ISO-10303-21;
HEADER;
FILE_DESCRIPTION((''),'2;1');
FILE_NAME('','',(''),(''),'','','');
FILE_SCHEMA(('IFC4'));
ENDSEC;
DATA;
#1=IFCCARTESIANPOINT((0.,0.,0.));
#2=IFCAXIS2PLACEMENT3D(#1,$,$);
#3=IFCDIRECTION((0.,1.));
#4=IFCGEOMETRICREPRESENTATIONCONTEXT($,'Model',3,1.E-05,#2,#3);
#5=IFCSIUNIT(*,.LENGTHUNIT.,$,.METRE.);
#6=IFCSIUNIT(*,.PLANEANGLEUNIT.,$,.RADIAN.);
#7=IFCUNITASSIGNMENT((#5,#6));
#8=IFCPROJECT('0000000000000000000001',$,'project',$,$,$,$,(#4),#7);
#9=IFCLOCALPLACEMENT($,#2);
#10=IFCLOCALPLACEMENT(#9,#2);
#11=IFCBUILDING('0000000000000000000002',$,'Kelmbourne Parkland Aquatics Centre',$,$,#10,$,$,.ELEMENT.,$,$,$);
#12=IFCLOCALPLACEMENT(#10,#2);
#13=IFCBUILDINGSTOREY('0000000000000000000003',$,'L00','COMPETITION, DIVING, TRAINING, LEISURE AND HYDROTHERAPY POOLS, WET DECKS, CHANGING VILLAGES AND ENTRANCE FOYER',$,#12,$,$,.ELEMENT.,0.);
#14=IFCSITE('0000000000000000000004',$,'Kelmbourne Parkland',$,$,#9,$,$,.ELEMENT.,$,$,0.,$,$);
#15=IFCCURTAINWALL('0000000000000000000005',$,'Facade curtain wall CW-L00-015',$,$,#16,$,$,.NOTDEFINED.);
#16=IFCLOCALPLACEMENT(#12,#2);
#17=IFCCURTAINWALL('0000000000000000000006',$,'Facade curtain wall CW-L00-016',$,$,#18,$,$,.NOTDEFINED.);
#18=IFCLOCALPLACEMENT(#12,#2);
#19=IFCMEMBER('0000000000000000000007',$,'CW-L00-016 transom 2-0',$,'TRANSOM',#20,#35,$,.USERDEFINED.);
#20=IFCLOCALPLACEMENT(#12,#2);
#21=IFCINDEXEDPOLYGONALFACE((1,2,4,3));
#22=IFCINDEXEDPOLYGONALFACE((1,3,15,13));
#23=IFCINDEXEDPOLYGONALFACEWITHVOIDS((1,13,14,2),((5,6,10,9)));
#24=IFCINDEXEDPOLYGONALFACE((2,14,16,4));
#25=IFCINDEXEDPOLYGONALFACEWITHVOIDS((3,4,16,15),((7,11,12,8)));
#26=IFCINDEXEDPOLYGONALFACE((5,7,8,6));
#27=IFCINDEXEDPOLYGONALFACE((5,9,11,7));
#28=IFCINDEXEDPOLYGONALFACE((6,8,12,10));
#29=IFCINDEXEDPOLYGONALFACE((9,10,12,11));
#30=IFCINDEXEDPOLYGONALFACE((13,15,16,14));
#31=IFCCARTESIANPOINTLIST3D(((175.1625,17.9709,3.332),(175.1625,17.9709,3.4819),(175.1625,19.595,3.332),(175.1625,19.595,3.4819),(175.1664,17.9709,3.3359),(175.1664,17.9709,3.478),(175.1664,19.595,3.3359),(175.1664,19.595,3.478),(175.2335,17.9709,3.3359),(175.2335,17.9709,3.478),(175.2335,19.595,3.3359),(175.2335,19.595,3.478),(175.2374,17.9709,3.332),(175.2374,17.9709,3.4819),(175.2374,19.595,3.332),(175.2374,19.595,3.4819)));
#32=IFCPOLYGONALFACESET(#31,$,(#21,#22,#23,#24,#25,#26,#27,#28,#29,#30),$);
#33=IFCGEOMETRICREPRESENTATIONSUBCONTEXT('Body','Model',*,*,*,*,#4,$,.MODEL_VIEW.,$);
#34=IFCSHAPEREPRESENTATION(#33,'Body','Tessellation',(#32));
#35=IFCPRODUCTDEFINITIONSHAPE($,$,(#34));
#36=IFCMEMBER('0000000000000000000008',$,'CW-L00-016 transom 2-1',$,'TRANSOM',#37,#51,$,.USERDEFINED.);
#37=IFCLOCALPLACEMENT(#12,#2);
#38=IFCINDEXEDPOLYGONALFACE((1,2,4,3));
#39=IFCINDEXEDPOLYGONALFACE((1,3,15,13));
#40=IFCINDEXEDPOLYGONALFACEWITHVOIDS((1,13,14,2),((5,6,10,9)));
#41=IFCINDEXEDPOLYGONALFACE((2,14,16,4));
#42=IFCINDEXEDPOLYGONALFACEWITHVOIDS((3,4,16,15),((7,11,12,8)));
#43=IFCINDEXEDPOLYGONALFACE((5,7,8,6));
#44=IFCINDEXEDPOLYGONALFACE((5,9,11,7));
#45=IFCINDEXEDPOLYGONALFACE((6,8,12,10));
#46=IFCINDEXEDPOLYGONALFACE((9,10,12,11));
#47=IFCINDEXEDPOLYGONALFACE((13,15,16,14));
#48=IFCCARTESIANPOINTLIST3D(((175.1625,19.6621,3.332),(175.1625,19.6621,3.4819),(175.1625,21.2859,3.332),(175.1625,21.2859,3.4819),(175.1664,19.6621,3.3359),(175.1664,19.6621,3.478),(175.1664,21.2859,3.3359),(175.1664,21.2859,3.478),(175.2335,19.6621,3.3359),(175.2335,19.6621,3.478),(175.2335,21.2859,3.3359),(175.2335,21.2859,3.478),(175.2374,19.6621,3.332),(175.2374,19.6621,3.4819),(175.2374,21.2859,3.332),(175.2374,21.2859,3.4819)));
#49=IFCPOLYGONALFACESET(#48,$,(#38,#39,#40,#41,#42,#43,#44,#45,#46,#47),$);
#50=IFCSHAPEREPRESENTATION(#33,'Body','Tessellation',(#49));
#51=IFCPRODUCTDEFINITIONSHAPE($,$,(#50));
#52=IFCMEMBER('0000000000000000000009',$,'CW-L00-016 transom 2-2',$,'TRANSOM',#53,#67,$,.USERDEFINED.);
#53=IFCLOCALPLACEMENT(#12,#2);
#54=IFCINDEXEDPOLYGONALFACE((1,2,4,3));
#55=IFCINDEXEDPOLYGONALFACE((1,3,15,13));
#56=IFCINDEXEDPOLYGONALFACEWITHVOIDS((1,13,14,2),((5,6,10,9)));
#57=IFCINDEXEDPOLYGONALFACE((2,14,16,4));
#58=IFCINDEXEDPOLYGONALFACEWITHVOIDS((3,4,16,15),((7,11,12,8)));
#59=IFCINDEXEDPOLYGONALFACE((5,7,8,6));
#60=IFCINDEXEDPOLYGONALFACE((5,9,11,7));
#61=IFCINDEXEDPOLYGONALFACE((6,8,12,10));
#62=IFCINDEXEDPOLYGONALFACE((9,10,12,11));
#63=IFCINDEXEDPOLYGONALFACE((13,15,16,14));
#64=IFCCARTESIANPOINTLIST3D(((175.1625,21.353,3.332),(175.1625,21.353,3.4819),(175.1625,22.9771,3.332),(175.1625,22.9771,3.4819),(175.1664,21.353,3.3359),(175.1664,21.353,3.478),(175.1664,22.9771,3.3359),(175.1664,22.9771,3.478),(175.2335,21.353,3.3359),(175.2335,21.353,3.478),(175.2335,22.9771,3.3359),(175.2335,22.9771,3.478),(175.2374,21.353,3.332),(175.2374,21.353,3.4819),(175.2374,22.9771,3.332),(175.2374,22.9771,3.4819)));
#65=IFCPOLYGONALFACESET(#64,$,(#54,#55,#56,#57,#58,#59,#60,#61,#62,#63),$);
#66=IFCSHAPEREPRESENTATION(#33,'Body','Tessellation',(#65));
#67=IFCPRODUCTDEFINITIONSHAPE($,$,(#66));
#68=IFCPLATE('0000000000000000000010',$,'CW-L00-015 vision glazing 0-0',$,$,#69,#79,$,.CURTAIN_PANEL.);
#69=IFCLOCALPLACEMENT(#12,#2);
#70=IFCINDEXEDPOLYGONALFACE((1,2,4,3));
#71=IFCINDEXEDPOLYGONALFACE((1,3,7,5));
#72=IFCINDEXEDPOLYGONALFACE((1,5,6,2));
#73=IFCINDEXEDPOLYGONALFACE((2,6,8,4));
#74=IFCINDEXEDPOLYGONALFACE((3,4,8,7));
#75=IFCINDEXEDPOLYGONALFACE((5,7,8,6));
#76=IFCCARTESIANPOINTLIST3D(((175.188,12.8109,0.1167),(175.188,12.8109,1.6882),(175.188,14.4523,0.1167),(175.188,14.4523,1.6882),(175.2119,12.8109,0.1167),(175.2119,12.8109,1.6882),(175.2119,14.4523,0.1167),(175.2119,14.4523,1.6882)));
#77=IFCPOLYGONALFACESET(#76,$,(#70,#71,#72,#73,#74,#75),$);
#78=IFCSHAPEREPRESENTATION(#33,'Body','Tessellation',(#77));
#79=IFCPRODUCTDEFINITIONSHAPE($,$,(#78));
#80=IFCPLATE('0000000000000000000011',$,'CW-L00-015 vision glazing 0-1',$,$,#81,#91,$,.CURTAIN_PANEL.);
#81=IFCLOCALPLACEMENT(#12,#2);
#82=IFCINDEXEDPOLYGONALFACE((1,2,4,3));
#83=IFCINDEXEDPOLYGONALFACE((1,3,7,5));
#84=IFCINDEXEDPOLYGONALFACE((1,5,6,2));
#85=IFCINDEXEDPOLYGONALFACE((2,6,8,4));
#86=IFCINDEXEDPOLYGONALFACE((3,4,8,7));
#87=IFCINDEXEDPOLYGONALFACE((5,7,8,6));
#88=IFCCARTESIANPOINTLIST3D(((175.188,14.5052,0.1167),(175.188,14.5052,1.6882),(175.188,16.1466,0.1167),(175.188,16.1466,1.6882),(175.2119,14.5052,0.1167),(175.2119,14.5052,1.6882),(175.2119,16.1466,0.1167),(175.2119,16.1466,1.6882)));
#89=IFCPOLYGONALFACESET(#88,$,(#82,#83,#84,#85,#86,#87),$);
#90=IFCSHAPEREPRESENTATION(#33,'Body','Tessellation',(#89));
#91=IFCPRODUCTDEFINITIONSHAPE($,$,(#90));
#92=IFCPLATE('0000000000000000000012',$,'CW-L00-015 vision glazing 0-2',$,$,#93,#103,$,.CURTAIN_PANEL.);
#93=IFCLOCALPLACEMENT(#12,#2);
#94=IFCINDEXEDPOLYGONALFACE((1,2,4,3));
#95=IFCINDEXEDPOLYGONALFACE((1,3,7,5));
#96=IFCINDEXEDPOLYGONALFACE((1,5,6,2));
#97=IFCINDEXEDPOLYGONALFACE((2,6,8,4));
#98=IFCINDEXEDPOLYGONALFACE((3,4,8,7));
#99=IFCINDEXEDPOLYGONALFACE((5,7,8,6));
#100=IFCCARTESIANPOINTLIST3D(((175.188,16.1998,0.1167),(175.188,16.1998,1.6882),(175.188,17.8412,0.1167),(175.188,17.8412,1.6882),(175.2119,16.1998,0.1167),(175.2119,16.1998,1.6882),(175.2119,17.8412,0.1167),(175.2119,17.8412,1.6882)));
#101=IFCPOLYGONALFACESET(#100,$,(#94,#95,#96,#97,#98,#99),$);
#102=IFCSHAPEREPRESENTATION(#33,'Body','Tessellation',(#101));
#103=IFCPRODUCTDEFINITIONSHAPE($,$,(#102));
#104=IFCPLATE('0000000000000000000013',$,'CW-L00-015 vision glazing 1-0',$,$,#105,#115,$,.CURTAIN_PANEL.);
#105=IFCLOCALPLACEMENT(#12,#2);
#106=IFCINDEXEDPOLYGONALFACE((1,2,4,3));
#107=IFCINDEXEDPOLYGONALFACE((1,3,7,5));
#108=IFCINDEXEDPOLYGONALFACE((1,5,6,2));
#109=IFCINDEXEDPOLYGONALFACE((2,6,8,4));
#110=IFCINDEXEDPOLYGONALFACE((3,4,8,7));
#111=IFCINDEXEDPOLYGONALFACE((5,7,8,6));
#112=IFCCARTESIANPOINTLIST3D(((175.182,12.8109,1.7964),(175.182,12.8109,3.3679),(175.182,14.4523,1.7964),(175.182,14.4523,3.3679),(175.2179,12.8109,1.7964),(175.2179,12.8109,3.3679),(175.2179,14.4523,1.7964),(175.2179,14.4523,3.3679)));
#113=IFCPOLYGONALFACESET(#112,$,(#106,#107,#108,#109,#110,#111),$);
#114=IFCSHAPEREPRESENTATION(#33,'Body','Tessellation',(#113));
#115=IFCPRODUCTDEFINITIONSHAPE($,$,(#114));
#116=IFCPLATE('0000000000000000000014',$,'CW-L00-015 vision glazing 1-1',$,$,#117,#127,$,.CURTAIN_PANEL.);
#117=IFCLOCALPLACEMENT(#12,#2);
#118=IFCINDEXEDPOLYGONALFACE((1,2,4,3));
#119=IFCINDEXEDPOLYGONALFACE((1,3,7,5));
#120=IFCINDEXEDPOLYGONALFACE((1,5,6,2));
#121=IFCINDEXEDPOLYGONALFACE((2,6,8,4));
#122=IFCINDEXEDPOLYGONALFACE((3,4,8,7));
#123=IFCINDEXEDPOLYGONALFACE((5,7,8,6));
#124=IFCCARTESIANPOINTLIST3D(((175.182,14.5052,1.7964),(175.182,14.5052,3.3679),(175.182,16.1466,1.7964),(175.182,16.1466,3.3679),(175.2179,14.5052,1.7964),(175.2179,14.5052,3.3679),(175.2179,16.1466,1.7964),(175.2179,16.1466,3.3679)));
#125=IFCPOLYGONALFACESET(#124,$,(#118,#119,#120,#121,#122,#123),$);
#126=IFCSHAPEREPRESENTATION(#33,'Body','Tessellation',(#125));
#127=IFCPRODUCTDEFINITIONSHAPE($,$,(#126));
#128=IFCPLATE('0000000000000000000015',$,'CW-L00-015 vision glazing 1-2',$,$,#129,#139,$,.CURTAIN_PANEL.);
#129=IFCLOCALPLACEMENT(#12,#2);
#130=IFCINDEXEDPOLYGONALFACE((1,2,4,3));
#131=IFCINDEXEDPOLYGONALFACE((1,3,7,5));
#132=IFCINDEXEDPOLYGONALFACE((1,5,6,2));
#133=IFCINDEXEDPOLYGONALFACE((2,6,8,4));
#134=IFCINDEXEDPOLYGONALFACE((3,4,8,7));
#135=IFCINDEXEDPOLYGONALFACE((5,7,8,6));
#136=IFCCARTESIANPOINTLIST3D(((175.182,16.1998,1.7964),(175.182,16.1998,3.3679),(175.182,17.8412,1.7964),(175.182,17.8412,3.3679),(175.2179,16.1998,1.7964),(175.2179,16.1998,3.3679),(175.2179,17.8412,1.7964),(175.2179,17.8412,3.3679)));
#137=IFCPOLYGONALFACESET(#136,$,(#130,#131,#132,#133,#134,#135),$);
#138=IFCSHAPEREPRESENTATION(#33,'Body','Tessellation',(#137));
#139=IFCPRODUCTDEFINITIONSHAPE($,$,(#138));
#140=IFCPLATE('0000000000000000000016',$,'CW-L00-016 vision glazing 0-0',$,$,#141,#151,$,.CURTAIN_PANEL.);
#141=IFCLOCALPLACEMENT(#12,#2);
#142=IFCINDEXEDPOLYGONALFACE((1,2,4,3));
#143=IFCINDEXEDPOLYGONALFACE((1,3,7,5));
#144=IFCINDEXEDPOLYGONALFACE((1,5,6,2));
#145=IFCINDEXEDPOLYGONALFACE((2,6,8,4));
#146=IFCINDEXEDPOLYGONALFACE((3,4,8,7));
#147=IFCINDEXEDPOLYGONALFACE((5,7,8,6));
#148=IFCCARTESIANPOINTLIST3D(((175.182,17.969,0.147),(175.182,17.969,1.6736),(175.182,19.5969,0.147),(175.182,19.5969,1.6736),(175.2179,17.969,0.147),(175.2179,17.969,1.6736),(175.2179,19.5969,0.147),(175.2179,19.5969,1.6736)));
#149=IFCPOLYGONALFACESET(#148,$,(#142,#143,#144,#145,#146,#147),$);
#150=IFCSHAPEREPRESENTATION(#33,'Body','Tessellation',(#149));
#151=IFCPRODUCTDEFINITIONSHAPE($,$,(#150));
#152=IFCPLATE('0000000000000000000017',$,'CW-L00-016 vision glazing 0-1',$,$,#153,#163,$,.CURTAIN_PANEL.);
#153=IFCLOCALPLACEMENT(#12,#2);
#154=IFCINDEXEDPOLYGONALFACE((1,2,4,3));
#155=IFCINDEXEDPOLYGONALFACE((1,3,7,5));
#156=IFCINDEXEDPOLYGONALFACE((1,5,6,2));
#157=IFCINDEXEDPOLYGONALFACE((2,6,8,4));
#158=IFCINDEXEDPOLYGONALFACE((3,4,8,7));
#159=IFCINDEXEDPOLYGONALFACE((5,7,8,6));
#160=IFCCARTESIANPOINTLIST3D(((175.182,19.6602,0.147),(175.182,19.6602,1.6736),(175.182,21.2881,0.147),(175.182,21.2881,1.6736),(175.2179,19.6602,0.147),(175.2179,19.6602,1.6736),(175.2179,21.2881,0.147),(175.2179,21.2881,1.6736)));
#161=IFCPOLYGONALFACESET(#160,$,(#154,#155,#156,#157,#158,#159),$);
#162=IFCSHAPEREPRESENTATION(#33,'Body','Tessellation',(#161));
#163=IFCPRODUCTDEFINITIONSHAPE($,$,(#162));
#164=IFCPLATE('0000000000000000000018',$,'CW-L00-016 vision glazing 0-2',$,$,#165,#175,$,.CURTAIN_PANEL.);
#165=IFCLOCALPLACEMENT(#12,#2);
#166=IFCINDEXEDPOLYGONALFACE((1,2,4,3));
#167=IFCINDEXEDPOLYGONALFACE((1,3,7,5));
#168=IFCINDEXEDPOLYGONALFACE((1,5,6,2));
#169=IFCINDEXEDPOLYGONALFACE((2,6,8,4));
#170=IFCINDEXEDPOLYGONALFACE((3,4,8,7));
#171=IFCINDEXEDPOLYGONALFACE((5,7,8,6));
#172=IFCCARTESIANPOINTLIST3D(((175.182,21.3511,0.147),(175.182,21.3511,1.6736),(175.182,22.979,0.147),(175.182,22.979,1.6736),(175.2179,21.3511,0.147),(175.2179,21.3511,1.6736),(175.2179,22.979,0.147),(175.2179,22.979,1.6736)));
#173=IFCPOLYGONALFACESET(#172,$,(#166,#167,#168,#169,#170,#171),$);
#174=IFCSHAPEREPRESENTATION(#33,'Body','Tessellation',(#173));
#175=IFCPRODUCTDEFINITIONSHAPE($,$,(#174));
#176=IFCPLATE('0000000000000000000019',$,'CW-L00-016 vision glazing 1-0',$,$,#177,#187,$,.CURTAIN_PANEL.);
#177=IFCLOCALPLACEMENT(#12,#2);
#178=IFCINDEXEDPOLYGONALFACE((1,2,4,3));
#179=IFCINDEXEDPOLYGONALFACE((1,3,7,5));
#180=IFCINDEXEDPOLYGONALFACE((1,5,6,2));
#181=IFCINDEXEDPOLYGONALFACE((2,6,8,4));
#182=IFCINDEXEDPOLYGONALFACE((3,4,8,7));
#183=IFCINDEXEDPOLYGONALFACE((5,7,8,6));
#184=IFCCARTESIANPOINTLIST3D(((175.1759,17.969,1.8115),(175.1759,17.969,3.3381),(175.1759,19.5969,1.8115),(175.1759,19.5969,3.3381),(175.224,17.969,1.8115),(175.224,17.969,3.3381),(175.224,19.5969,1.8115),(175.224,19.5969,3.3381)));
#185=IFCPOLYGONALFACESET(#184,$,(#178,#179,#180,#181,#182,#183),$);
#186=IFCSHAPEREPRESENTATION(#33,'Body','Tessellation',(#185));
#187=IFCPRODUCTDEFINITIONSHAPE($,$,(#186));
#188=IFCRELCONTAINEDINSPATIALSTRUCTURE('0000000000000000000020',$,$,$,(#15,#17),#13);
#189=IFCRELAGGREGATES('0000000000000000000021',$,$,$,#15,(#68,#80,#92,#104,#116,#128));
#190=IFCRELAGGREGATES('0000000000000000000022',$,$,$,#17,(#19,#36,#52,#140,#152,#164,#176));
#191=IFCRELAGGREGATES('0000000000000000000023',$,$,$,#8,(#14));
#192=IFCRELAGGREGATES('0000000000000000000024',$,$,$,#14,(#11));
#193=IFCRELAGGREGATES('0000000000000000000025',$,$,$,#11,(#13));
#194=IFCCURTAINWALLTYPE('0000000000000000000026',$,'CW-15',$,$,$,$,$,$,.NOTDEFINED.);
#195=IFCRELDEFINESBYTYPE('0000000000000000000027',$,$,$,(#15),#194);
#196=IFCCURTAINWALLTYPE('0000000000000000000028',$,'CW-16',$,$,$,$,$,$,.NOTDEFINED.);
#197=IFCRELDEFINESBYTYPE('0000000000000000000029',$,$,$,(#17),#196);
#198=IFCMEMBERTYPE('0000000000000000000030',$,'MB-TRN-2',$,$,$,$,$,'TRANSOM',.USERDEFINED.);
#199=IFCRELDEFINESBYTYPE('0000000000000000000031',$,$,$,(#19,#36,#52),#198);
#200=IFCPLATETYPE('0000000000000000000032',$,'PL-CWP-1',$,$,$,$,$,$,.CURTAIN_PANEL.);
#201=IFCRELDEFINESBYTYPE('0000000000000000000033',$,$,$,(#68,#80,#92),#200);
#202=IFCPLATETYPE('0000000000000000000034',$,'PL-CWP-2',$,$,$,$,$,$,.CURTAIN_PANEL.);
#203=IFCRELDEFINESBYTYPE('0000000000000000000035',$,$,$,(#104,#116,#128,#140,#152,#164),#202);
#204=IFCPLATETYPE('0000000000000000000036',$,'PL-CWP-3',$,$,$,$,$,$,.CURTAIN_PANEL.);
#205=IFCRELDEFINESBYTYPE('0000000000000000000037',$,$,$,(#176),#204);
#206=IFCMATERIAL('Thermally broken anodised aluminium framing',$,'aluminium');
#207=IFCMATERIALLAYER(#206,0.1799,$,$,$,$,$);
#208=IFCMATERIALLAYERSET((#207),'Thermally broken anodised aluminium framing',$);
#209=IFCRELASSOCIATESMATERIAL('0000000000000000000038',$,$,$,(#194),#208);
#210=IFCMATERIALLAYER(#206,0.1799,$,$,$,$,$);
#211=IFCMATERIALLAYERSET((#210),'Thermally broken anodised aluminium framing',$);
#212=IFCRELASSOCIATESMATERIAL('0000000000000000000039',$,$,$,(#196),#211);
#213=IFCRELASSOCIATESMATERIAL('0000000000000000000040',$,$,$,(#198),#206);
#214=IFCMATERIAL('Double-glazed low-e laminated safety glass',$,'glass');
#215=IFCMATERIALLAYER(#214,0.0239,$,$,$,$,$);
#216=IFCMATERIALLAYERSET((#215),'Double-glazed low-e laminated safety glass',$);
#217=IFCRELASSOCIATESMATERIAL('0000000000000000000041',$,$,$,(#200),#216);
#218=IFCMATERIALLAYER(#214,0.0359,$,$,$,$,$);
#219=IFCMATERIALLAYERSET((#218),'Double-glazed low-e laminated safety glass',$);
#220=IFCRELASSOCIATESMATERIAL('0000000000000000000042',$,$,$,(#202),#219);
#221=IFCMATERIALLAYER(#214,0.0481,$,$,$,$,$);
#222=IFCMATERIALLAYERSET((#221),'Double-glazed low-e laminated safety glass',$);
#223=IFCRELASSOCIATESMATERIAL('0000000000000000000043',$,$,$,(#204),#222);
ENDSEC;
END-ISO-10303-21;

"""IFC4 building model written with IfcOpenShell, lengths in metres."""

from ifc_helpers import new_model, si_unit, direction, frame, origin, origin_2d, place, context, subcontext, project, spatial, rectangle, hollow_rectangle, extrude, material, layer, layer_set, material_profile, profile_set, type_object, element, aggregate, save


model = new_model("IFC4")

# Units and contexts
model_context = context("Model", 3, precision=1e-05, world=origin(), true_north=direction((0.0, 1.0)))
body_context = subcontext(model_context, "Body", "Model", "MODEL_VIEW")
ifc_project = project(units=[si_unit("LENGTHUNIT", "METRE"), si_unit("PLANEANGLEUNIT", "RADIAN")], contexts=[model_context])

# Site, building, storey
site_placement = place(None, origin())
site = spatial("IfcSite", under=ifc_project, at=site_placement, Name="Kelmbourne Parkland", CompositionType="ELEMENT", RefElevation=0.0)
building_placement = place(site_placement, origin())
building = spatial("IfcBuilding", under=site, at=building_placement, Name="Kelmbourne Parkland Aquatics Centre", CompositionType="ELEMENT")
storey_placement = place(building_placement, origin())
storey = spatial("IfcBuildingStorey", under=building, at=storey_placement, Name="L00", Description="COMPETITION, DIVING, TRAINING, LEISURE AND HYDROTHERAPY POOLS, WET DECKS, CHANGING VILLAGES AND ENTRANCE FOYER", CompositionType="ELEMENT", Elevation=0.0)

# Curtain walls
ifc_material_1 = material(Name="Thermally broken anodised aluminium framing", Category="aluminium")
ifc_layer_1 = layer(ifc_material_1, 0.1799)
ifc_layer_set_1 = layer_set([ifc_layer_1], Name="Thermally broken anodised aluminium framing")
curtain_wall_type_1 = type_object("IfcCurtainWallType", Name="CW-15", PredefinedType="NOTDEFINED", material=ifc_layer_set_1)
curtain_wall_1_placement = place(storey_placement, origin())
curtain_wall_1 = element("IfcCurtainWall", 1, at=curtain_wall_1_placement, inside=storey, type_object=curtain_wall_type_1, Name="Facade curtain wall CW-L00-015", PredefinedType="NOTDEFINED")
ifc_layer_2 = layer(ifc_material_1, 0.1799)
ifc_layer_set_2 = layer_set([ifc_layer_2], Name="Thermally broken anodised aluminium framing")
curtain_wall_type_2 = type_object("IfcCurtainWallType", Name="CW-16", PredefinedType="NOTDEFINED", material=ifc_layer_set_2)
curtain_wall_2_placement = place(storey_placement, origin())
curtain_wall_2 = element("IfcCurtainWall", 2, at=curtain_wall_2_placement, inside=storey, type_object=curtain_wall_type_2, Name="Facade curtain wall CW-L00-016", PredefinedType="NOTDEFINED")

# Members
ifc_material_profile_1 = material_profile(ifc_material_1, hollow_rectangle(XDim=0.075, YDim=0.1499, WallThickness=0.0039, at=origin_2d()), Name="CW-T 75x150")
ifc_profile_set_1 = profile_set([ifc_material_profile_1], Name="Thermally broken anodised aluminium framing")
member_type_1 = type_object("IfcMemberType", Name="MB-TRN-2", ElementType="TRANSOM", PredefinedType="USERDEFINED", material=ifc_profile_set_1)
member_1_placement = place(storey_placement, frame((175.2, 17.9709, 3.407), z_axis=(0.0, 1.0, 0.0), x_axis=(-1.0, 0.0, 0.0)))
member_1 = element("IfcMember", 3, at=member_1_placement, type_object=member_type_1, Name="CW-L00-016 transom 2-0", ObjectType="TRANSOM", PredefinedType="USERDEFINED", context=body_context, shape_type="SweptSolid", body=[
    extrude(hollow_rectangle(XDim=0.075, YDim=0.1499, WallThickness=0.0039, at=origin_2d()), origin(), (0.0, 0.0, 1.0), 1.624),
])
member_2_placement = place(storey_placement, frame((175.2, 19.6621, 3.407), z_axis=(0.0, 1.0, 0.0), x_axis=(-1.0, 0.0, 0.0)))
member_2 = element("IfcMember", 4, at=member_2_placement, type_object=member_type_1, Name="CW-L00-016 transom 2-1", ObjectType="TRANSOM", PredefinedType="USERDEFINED", context=body_context, shape_type="SweptSolid", body=[
    extrude(hollow_rectangle(XDim=0.075, YDim=0.1499, WallThickness=0.0039, at=origin_2d()), origin(), (0.0, 0.0, 1.0), 1.6238),
])
member_3_placement = place(storey_placement, frame((175.2, 21.353, 3.407), z_axis=(0.0, 1.0, 0.0), x_axis=(-1.0, 0.0, 0.0)))
member_3 = element("IfcMember", 5, at=member_3_placement, type_object=member_type_1, Name="CW-L00-016 transom 2-2", ObjectType="TRANSOM", PredefinedType="USERDEFINED", context=body_context, shape_type="SweptSolid", body=[
    extrude(hollow_rectangle(XDim=0.075, YDim=0.1499, WallThickness=0.0039, at=origin_2d()), origin(), (0.0, 0.0, 1.0), 1.624),
])

# Plates
ifc_material_2 = material(Name="Double-glazed low-e laminated safety glass", Category="glass")
ifc_layer_3 = layer(ifc_material_2, 0.0239)
ifc_layer_set_3 = layer_set([ifc_layer_3], Name="Double-glazed low-e laminated safety glass")
plate_type_1 = type_object("IfcPlateType", Name="PL-CWP-1", PredefinedType="CURTAIN_PANEL", material=ifc_layer_set_3)
plate_1_placement = place(storey_placement, frame((175.2, 13.6316, 0.1167), z_axis=(0.0, 0.0, 1.0), x_axis=(0.0, 1.0, 0.0)))
plate_1 = element("IfcPlate", 6, at=plate_1_placement, type_object=plate_type_1, Name="CW-L00-015 vision glazing 0-0", PredefinedType="CURTAIN_PANEL", context=body_context, shape_type="SweptSolid", body=[
    extrude(rectangle(XDim=1.6414, YDim=0.0239, at=origin_2d()), origin(), (0.0, 0.0, 1.0), 1.5715),
])
plate_2_placement = place(storey_placement, frame((175.2, 15.3259, 0.1167), z_axis=(0.0, 0.0, 1.0), x_axis=(0.0, 1.0, 0.0)))
plate_2 = element("IfcPlate", 7, at=plate_2_placement, type_object=plate_type_1, Name="CW-L00-015 vision glazing 0-1", PredefinedType="CURTAIN_PANEL", context=body_context, shape_type="SweptSolid", body=[
    extrude(rectangle(XDim=1.6414, YDim=0.0239, at=origin_2d()), origin(), (0.0, 0.0, 1.0), 1.5715),
])
plate_3_placement = place(storey_placement, frame((175.2, 17.0205, 0.1167), z_axis=(0.0, 0.0, 1.0), x_axis=(0.0, 1.0, 0.0)))
plate_3 = element("IfcPlate", 8, at=plate_3_placement, type_object=plate_type_1, Name="CW-L00-015 vision glazing 0-2", PredefinedType="CURTAIN_PANEL", context=body_context, shape_type="SweptSolid", body=[
    extrude(rectangle(XDim=1.6414, YDim=0.0239, at=origin_2d()), origin(), (0.0, 0.0, 1.0), 1.5715),
])
ifc_layer_4 = layer(ifc_material_2, 0.0359)
ifc_layer_set_4 = layer_set([ifc_layer_4], Name="Double-glazed low-e laminated safety glass")
plate_type_2 = type_object("IfcPlateType", Name="PL-CWP-2", PredefinedType="CURTAIN_PANEL", material=ifc_layer_set_4)
plate_4_placement = place(storey_placement, frame((175.2, 13.6316, 1.7964), z_axis=(0.0, 0.0, 1.0), x_axis=(0.0, 1.0, 0.0)))
plate_4 = element("IfcPlate", 9, at=plate_4_placement, type_object=plate_type_2, Name="CW-L00-015 vision glazing 1-0", PredefinedType="CURTAIN_PANEL", context=body_context, shape_type="SweptSolid", body=[
    extrude(rectangle(XDim=1.6414, YDim=0.0359, at=origin_2d()), origin(), (0.0, 0.0, 1.0), 1.5715),
])
plate_5_placement = place(storey_placement, frame((175.2, 15.3259, 1.7964), z_axis=(0.0, 0.0, 1.0), x_axis=(0.0, 1.0, 0.0)))
plate_5 = element("IfcPlate", 10, at=plate_5_placement, type_object=plate_type_2, Name="CW-L00-015 vision glazing 1-1", PredefinedType="CURTAIN_PANEL", context=body_context, shape_type="SweptSolid", body=[
    extrude(rectangle(XDim=1.6414, YDim=0.0359, at=origin_2d()), origin(), (0.0, 0.0, 1.0), 1.5715),
])
plate_6_placement = place(storey_placement, frame((175.2, 17.0205, 1.7964), z_axis=(0.0, 0.0, 1.0), x_axis=(0.0, 1.0, 0.0)))
plate_6 = element("IfcPlate", 11, at=plate_6_placement, type_object=plate_type_2, Name="CW-L00-015 vision glazing 1-2", PredefinedType="CURTAIN_PANEL", context=body_context, shape_type="SweptSolid", body=[
    extrude(rectangle(XDim=1.6414, YDim=0.0359, at=origin_2d()), origin(), (0.0, 0.0, 1.0), 1.5715),
])
aggregate(curtain_wall_1, [plate_1, plate_2, plate_3, plate_4, plate_5, plate_6])
plate_7_placement = place(storey_placement, frame((175.2, 18.783, 0.147), z_axis=(0.0, 0.0, 1.0), x_axis=(0.0, 1.0, 0.0)))
plate_7 = element("IfcPlate", 12, at=plate_7_placement, type_object=plate_type_2, Name="CW-L00-016 vision glazing 0-0", PredefinedType="CURTAIN_PANEL", context=body_context, shape_type="SweptSolid", body=[
    extrude(rectangle(XDim=1.6279, YDim=0.0359, at=origin_2d()), origin(), (0.0, 0.0, 1.0), 1.5266),
])
plate_8_placement = place(storey_placement, frame((175.2, 20.4741, 0.147), z_axis=(0.0, 0.0, 1.0), x_axis=(0.0, 1.0, 0.0)))
plate_8 = element("IfcPlate", 13, at=plate_8_placement, type_object=plate_type_2, Name="CW-L00-016 vision glazing 0-1", PredefinedType="CURTAIN_PANEL", context=body_context, shape_type="SweptSolid", body=[
    extrude(rectangle(XDim=1.6279, YDim=0.0359, at=origin_2d()), origin(), (0.0, 0.0, 1.0), 1.5266),
])
plate_9_placement = place(storey_placement, frame((175.2, 22.165, 0.147), z_axis=(0.0, 0.0, 1.0), x_axis=(0.0, 1.0, 0.0)))
plate_9 = element("IfcPlate", 14, at=plate_9_placement, type_object=plate_type_2, Name="CW-L00-016 vision glazing 0-2", PredefinedType="CURTAIN_PANEL", context=body_context, shape_type="SweptSolid", body=[
    extrude(rectangle(XDim=1.6279, YDim=0.0359, at=origin_2d()), origin(), (0.0, 0.0, 1.0), 1.5266),
])
ifc_layer_5 = layer(ifc_material_2, 0.0481)
ifc_layer_set_5 = layer_set([ifc_layer_5], Name="Double-glazed low-e laminated safety glass")
plate_type_3 = type_object("IfcPlateType", Name="PL-CWP-3", PredefinedType="CURTAIN_PANEL", material=ifc_layer_set_5)
plate_10_placement = place(storey_placement, frame((175.2, 18.783, 1.8115), z_axis=(0.0, 0.0, 1.0), x_axis=(0.0, 1.0, 0.0)))
plate_10 = element("IfcPlate", 15, at=plate_10_placement, type_object=plate_type_3, Name="CW-L00-016 vision glazing 1-0", PredefinedType="CURTAIN_PANEL", context=body_context, shape_type="SweptSolid", body=[
    extrude(rectangle(XDim=1.6279, YDim=0.0481, at=origin_2d()), origin(), (0.0, 0.0, 1.0), 1.5266),
])
aggregate(curtain_wall_2, [member_1, member_2, member_3, plate_7, plate_8, plate_9, plate_10])

save(model, "model.ifc")
